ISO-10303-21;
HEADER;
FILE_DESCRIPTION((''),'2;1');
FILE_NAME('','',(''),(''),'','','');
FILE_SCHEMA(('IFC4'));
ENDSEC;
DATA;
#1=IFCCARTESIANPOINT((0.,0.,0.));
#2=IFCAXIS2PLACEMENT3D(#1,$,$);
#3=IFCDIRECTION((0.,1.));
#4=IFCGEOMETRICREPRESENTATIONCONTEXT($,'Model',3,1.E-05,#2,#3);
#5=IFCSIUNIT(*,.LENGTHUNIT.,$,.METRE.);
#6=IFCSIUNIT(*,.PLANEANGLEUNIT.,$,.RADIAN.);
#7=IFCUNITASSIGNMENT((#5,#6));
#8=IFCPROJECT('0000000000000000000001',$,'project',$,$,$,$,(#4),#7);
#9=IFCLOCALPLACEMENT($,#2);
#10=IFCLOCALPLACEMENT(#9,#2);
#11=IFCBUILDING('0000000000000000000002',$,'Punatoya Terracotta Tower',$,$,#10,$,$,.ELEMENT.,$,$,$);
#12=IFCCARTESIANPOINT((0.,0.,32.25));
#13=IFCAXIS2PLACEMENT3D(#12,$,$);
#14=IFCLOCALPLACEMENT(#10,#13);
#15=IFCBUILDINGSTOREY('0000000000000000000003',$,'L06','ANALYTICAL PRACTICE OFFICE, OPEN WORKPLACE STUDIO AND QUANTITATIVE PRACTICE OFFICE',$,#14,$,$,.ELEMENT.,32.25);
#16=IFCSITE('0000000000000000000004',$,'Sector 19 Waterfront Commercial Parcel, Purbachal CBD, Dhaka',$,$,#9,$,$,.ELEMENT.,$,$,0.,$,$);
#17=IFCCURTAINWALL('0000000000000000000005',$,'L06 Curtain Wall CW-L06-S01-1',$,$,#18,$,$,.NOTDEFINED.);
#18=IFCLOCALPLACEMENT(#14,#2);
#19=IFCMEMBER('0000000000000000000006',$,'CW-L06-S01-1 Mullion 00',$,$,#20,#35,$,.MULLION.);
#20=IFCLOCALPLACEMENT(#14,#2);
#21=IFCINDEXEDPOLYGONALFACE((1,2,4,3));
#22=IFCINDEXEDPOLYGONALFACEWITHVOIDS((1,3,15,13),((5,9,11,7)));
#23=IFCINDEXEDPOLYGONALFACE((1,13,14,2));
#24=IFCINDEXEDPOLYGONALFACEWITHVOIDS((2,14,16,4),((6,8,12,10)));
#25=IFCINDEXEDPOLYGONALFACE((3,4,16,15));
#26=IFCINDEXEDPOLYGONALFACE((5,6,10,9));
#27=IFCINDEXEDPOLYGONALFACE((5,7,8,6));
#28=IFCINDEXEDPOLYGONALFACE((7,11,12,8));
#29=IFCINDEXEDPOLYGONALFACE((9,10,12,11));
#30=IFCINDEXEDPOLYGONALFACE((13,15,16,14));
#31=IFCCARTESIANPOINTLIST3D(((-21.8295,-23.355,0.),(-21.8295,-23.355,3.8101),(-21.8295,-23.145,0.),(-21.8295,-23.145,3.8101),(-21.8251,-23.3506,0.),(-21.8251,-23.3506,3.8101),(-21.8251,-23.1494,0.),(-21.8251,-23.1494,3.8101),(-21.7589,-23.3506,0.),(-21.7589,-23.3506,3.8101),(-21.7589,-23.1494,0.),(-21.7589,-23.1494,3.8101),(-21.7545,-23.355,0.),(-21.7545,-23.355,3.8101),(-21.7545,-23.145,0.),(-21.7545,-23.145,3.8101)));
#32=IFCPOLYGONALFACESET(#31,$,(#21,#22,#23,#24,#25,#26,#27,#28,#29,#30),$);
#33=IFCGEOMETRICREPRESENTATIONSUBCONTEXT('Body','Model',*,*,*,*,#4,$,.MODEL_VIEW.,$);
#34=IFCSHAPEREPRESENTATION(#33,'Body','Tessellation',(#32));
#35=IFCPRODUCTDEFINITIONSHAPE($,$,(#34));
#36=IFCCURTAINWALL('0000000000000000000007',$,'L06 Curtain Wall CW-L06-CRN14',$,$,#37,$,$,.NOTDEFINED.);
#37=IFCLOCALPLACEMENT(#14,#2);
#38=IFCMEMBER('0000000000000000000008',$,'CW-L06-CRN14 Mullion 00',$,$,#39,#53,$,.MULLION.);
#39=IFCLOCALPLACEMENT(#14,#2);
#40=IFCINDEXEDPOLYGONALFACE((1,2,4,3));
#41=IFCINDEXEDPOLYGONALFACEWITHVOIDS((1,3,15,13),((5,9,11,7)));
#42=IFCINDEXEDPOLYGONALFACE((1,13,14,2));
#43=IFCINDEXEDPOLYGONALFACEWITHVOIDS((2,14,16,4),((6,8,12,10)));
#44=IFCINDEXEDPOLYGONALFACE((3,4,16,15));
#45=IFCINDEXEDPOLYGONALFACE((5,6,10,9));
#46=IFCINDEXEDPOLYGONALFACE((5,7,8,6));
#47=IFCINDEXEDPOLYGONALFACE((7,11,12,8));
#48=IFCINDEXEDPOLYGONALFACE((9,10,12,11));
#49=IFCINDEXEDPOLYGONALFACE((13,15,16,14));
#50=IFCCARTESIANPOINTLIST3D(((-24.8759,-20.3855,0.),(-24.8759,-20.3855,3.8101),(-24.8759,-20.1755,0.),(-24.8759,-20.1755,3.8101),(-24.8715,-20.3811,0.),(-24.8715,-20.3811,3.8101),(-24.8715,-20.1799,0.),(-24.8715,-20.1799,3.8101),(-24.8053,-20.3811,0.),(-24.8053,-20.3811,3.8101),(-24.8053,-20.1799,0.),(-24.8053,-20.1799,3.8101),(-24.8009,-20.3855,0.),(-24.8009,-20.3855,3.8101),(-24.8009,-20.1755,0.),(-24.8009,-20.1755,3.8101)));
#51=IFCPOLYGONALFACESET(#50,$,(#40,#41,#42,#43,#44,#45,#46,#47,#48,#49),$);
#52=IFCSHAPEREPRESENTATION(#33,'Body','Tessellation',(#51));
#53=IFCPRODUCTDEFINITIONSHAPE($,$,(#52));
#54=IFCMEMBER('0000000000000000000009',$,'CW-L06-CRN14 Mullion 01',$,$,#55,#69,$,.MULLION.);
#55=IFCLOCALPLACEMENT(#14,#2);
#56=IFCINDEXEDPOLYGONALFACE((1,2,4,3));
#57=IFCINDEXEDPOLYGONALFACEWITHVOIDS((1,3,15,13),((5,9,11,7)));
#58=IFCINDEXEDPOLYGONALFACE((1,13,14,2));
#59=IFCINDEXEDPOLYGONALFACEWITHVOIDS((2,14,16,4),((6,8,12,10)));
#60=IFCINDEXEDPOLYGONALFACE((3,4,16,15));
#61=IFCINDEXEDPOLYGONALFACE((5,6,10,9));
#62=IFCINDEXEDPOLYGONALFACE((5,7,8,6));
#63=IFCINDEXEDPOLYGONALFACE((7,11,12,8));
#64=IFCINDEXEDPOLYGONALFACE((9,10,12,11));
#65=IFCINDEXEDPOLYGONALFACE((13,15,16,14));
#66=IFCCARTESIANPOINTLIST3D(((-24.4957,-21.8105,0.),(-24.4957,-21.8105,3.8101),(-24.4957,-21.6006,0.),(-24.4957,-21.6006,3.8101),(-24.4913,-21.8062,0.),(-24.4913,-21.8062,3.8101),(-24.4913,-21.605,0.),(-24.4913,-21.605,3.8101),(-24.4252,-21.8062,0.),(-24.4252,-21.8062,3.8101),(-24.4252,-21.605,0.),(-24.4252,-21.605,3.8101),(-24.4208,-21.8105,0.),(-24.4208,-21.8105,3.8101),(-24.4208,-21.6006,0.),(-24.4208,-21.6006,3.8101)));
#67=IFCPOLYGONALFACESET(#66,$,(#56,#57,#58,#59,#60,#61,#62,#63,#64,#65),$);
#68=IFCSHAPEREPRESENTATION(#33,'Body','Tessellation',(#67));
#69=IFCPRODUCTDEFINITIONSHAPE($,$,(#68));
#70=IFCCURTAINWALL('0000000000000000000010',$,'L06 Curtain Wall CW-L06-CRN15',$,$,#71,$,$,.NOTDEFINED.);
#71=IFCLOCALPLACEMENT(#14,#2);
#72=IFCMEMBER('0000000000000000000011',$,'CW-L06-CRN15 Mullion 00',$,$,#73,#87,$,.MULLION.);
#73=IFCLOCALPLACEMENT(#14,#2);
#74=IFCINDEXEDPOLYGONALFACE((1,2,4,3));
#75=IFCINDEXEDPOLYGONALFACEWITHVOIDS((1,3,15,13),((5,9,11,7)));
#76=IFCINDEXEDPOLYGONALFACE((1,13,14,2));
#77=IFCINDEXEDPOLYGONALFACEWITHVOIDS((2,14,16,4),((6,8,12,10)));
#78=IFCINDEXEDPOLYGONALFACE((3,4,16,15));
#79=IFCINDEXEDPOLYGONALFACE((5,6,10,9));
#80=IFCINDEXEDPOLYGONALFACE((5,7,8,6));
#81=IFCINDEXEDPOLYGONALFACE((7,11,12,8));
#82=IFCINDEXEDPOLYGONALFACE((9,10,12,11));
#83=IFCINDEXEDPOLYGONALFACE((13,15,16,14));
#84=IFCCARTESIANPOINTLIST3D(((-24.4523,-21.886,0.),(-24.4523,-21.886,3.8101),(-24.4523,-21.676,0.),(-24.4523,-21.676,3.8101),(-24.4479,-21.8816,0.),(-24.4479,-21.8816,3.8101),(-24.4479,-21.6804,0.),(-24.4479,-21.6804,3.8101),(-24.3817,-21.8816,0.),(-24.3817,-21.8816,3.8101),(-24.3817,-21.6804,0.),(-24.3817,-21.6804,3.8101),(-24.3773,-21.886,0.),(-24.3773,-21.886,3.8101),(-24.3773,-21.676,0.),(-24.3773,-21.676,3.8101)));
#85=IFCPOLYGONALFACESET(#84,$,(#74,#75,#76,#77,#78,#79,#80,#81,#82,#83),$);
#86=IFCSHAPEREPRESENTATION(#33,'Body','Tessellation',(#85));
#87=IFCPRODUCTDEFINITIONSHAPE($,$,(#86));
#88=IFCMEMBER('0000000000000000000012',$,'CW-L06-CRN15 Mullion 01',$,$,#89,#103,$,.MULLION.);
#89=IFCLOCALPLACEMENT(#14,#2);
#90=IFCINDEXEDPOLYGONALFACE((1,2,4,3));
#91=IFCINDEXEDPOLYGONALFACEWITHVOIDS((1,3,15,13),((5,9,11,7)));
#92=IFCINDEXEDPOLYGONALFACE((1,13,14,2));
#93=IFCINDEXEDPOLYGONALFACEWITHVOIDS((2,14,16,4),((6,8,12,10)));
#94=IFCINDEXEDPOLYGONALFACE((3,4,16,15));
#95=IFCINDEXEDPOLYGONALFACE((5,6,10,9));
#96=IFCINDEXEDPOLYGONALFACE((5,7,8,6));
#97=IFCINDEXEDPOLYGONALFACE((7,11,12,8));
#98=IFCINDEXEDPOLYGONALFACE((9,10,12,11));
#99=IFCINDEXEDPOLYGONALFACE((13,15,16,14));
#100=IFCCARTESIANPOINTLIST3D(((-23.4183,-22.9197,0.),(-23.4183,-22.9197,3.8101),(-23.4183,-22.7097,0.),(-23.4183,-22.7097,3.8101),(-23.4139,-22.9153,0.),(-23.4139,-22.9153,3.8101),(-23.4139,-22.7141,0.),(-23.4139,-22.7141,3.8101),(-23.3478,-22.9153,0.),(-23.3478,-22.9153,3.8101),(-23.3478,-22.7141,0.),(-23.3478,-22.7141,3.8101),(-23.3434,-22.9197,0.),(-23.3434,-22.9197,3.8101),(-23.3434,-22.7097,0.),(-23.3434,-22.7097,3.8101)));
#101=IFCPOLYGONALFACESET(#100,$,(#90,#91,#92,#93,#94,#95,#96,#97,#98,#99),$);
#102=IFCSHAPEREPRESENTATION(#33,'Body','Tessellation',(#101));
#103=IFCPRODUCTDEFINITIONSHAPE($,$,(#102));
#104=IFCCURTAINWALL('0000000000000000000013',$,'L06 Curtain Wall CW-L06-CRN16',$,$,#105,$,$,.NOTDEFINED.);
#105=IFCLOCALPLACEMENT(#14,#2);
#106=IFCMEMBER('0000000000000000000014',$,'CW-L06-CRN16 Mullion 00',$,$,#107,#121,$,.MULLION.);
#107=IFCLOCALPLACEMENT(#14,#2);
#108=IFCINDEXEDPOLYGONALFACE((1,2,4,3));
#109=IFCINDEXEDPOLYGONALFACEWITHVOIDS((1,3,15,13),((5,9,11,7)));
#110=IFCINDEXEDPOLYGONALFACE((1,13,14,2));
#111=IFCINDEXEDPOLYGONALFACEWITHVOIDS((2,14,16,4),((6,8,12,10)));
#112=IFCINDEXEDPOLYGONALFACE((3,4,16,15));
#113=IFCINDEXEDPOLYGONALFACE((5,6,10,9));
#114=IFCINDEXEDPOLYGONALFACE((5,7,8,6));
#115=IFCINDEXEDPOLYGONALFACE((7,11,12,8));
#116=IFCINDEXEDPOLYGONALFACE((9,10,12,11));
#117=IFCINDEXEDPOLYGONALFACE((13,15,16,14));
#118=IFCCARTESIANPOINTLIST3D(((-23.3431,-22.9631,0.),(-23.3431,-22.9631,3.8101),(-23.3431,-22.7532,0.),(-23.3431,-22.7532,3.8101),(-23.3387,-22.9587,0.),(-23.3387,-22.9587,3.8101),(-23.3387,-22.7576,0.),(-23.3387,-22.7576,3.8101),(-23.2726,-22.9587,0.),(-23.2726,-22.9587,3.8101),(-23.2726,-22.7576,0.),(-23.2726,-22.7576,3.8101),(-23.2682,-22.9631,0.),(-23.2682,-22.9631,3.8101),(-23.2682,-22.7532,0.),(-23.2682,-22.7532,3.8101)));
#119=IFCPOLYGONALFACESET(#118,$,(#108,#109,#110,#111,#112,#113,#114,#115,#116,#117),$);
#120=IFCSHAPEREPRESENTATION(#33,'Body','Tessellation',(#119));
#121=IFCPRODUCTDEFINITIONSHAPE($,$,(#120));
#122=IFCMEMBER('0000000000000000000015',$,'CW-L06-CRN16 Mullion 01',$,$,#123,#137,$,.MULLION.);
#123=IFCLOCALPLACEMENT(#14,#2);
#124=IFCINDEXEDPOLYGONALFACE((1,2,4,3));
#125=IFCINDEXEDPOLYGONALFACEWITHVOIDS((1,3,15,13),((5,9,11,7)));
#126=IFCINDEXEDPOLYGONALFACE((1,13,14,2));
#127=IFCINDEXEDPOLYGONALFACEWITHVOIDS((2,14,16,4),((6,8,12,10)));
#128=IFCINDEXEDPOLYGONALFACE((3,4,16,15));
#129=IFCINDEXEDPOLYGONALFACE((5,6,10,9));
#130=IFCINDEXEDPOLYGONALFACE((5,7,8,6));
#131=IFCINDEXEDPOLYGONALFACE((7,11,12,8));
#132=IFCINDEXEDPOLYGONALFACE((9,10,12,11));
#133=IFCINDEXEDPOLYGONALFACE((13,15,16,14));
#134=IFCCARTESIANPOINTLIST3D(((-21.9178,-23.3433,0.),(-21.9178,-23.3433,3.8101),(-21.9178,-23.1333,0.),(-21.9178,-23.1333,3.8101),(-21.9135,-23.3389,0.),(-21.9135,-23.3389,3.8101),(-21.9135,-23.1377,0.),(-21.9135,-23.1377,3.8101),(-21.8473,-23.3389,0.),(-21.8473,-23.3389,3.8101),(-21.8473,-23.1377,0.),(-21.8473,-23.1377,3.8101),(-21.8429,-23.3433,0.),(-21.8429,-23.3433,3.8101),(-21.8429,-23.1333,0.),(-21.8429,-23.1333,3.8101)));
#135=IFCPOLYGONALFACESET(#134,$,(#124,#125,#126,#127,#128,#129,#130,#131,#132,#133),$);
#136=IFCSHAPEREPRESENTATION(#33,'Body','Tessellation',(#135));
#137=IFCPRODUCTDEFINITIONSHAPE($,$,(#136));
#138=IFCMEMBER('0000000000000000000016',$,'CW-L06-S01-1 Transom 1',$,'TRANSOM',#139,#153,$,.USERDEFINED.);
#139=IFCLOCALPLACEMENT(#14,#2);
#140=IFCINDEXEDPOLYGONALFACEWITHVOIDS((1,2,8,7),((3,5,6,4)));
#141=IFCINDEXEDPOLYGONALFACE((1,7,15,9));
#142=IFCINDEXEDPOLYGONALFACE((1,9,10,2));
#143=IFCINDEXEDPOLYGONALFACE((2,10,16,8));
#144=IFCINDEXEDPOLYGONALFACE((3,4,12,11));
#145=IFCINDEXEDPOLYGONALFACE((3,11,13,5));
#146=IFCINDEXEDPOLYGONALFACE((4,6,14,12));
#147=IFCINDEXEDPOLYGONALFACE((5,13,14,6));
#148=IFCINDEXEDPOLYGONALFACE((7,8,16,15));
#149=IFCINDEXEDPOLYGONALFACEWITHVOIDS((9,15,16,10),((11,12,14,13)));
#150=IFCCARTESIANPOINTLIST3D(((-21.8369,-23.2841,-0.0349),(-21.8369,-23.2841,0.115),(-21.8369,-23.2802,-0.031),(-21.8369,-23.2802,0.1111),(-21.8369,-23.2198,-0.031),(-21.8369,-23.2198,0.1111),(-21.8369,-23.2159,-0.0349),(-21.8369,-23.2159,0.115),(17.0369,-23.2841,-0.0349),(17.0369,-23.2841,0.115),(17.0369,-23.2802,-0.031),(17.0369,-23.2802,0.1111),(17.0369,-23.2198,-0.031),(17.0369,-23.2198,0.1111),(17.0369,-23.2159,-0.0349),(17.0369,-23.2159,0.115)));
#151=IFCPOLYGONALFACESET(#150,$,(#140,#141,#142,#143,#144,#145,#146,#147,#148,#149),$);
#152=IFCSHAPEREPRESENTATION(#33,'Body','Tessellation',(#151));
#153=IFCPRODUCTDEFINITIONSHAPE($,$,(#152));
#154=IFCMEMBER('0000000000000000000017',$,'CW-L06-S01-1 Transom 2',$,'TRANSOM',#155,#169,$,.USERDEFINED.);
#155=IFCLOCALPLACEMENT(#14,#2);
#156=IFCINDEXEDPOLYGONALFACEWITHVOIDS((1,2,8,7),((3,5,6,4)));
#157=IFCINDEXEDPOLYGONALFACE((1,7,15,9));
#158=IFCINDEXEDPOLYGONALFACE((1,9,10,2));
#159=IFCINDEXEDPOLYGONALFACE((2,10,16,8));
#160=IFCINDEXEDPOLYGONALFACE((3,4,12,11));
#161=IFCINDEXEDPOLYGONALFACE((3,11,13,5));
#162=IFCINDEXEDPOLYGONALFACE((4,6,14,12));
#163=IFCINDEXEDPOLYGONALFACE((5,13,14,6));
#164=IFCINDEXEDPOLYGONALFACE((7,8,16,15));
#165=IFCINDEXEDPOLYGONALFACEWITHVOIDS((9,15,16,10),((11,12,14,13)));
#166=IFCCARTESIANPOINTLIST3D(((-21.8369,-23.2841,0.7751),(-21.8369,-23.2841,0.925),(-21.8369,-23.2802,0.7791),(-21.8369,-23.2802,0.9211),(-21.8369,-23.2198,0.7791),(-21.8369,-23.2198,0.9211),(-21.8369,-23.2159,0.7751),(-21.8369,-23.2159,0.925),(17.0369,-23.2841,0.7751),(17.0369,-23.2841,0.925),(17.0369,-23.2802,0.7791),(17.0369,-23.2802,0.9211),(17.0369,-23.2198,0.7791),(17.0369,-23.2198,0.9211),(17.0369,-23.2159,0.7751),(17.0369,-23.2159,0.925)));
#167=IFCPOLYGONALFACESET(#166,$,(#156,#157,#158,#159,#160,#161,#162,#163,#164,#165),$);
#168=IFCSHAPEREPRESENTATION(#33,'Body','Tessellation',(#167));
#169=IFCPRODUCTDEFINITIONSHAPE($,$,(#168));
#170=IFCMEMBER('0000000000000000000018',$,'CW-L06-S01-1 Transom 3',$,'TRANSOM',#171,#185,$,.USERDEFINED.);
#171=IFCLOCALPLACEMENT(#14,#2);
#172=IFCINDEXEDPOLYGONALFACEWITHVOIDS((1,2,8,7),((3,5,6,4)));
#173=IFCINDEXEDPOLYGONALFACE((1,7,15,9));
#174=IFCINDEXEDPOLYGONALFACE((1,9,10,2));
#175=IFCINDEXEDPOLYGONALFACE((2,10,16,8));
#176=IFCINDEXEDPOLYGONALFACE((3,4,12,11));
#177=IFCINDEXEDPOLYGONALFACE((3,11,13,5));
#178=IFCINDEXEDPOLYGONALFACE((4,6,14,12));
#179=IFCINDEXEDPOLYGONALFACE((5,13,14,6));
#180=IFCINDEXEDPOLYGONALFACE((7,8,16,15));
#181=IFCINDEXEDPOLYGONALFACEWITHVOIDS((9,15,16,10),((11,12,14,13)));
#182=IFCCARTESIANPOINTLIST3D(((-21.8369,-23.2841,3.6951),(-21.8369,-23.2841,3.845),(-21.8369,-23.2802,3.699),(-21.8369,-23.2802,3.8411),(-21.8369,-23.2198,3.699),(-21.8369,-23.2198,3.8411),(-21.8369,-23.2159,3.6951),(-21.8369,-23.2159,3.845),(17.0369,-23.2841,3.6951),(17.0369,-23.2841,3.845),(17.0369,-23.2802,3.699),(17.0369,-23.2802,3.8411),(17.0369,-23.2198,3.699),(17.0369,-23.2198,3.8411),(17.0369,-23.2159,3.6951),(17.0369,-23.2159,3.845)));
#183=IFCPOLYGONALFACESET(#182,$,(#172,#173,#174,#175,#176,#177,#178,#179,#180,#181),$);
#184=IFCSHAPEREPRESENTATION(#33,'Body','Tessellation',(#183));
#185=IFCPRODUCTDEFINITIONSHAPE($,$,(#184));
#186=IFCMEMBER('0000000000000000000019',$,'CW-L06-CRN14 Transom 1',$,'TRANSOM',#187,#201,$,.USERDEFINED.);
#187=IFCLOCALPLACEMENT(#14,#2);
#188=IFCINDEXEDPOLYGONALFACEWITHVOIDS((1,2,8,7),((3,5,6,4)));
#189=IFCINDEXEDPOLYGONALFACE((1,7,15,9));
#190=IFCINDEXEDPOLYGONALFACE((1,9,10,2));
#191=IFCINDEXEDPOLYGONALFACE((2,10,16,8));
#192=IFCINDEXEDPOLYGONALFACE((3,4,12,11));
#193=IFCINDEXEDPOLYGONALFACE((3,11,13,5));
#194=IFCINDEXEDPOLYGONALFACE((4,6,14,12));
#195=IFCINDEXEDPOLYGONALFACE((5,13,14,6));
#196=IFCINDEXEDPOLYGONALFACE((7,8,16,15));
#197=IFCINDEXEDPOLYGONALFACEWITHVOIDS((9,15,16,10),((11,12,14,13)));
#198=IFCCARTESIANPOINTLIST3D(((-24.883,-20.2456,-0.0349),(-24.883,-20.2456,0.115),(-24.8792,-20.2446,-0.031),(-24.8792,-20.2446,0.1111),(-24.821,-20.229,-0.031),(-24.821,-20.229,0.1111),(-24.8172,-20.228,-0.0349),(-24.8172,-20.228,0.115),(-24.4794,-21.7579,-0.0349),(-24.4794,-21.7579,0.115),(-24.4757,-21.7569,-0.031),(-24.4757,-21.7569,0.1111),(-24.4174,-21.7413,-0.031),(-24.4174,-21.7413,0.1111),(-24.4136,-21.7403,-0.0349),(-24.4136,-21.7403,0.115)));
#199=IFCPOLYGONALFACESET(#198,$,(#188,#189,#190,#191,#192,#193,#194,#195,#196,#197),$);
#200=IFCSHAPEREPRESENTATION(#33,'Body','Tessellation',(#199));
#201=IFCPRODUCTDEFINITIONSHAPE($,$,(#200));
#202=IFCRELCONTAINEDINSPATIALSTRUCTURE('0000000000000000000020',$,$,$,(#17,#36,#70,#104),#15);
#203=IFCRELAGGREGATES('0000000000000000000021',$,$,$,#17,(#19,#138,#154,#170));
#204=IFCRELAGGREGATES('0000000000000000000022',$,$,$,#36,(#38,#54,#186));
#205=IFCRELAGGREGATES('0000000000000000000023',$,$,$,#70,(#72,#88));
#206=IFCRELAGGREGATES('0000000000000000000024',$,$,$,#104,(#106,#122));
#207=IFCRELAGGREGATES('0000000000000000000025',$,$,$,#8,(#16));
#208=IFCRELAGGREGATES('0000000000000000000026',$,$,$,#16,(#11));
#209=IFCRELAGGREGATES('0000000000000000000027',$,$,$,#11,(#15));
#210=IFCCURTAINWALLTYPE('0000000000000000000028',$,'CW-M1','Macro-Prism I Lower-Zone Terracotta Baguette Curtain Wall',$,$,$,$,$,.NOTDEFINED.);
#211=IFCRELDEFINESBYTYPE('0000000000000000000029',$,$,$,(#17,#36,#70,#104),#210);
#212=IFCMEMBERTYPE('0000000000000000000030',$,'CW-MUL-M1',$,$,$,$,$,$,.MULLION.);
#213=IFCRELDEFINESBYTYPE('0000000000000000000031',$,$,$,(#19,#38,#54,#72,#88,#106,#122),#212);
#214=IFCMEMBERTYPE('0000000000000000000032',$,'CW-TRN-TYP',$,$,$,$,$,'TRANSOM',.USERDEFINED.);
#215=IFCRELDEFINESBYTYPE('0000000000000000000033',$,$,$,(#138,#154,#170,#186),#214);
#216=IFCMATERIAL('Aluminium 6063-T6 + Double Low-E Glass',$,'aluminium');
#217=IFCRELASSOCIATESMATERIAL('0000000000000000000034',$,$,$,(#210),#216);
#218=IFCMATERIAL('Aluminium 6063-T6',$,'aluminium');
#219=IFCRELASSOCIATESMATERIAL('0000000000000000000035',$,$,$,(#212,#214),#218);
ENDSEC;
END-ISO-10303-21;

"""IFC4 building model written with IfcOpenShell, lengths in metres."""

from ifc_helpers import new_model, si_unit, direction, frame, origin, origin_2d, place, context, subcontext, project, spatial, hollow_rectangle, extrude, material, material_profile, profile_set, type_object, element, aggregate, save


model = new_model("IFC4")

# Units and contexts
model_context = context("Model", 3, precision=1e-05, world=origin(), true_north=direction((0.0, 1.0)))
body_context = subcontext(model_context, "Body", "Model", "MODEL_VIEW")
ifc_project = project(units=[si_unit("LENGTHUNIT", "METRE"), si_unit("PLANEANGLEUNIT", "RADIAN")], contexts=[model_context])

# Site, building, storey
site_placement = place(None, origin())
site = spatial("IfcSite", under=ifc_project, at=site_placement, Name="Sector 19 Waterfront Commercial Parcel, Purbachal CBD, Dhaka", CompositionType="ELEMENT", RefElevation=0.0)
building_placement = place(site_placement, origin())
building = spatial("IfcBuilding", under=site, at=building_placement, Name="Punatoya Terracotta Tower", CompositionType="ELEMENT")
storey_placement = place(building_placement, frame((0.0, 0.0, 32.25)))
storey = spatial("IfcBuildingStorey", under=building, at=storey_placement, Name="L06", Description="ANALYTICAL PRACTICE OFFICE, OPEN WORKPLACE STUDIO AND QUANTITATIVE PRACTICE OFFICE", CompositionType="ELEMENT", Elevation=32.25)

# Curtain wall, member
ifc_material_1 = material(Name="Aluminium 6063-T6 + Double Low-E Glass", Category="aluminium")
curtain_wall_type = type_object("IfcCurtainWallType", Name="CW-M1", Description="Macro-Prism I Lower-Zone Terracotta Baguette Curtain Wall", PredefinedType="NOTDEFINED", material=ifc_material_1)
curtain_wall_1_placement = place(storey_placement, origin())
curtain_wall_1 = element("IfcCurtainWall", 1, at=curtain_wall_1_placement, inside=storey, type_object=curtain_wall_type, Name="L06 Curtain Wall CW-L06-S01-1", PredefinedType="NOTDEFINED")
ifc_material_2 = material(Name="Aluminium 6063-T6", Category="aluminium")
ifc_material_profile_1 = material_profile(ifc_material_2, hollow_rectangle(XDim=0.075, YDim=0.21, WallThickness=0.0044, at=origin_2d()))
ifc_profile_set_1 = profile_set([ifc_material_profile_1], Name="Aluminium 6063-T6")
member_type_1 = type_object("IfcMemberType", Name="CW-MUL-M1", PredefinedType="MULLION", material=ifc_profile_set_1)
member_1_placement = place(storey_placement, frame((-21.792, -23.25, 0.0), z_axis=(0.0, 0.0, 1.0), x_axis=(1.0, 0.0, 0.0)))
member_1 = element("IfcMember", 2, at=member_1_placement, type_object=member_type_1, Name="CW-L06-S01-1 Mullion 00", PredefinedType="MULLION", context=body_context, shape_type="SweptSolid", body=[
    extrude(hollow_rectangle(XDim=0.075, YDim=0.21, WallThickness=0.0044, at=origin_2d()), origin(), (0.0, 0.0, 1.0), 3.8101),
])

# Curtain walls, members
curtain_wall_2_placement = place(storey_placement, origin())
curtain_wall_2 = element("IfcCurtainWall", 3, at=curtain_wall_2_placement, inside=storey, type_object=curtain_wall_type, Name="L06 Curtain Wall CW-L06-CRN14", PredefinedType="NOTDEFINED")
member_2_placement = place(storey_placement, frame((-24.8384, -20.2805, 0.0), z_axis=(0.0, 0.0, 1.0), x_axis=(1.0, 0.0, 0.0)))
member_2 = element("IfcMember", 4, at=member_2_placement, type_object=member_type_1, Name="CW-L06-CRN14 Mullion 00", PredefinedType="MULLION", context=body_context, shape_type="SweptSolid", body=[
    extrude(hollow_rectangle(XDim=0.075, YDim=0.21, WallThickness=0.0044, at=origin_2d()), origin(), (0.0, 0.0, 1.0), 3.8101),
])
member_3_placement = place(storey_placement, frame((-24.4583, -21.7056, 0.0), z_axis=(0.0, 0.0, 1.0), x_axis=(1.0, 0.0, 0.0)))
member_3 = element("IfcMember", 5, at=member_3_placement, type_object=member_type_1, Name="CW-L06-CRN14 Mullion 01", PredefinedType="MULLION", context=body_context, shape_type="SweptSolid", body=[
    extrude(hollow_rectangle(XDim=0.075, YDim=0.21, WallThickness=0.0044, at=origin_2d()), origin(), (0.0, 0.0, 1.0), 3.8101),
])
curtain_wall_3_placement = place(storey_placement, origin())
curtain_wall_3 = element("IfcCurtainWall", 6, at=curtain_wall_3_placement, inside=storey, type_object=curtain_wall_type, Name="L06 Curtain Wall CW-L06-CRN15", PredefinedType="NOTDEFINED")
member_4_placement = place(storey_placement, frame((-24.4148, -21.781, 0.0), z_axis=(0.0, 0.0, 1.0), x_axis=(1.0, 0.0, 0.0)))
member_4 = element("IfcMember", 7, at=member_4_placement, type_object=member_type_1, Name="CW-L06-CRN15 Mullion 00", PredefinedType="MULLION", context=body_context, shape_type="SweptSolid", body=[
    extrude(hollow_rectangle(XDim=0.075, YDim=0.21, WallThickness=0.0044, at=origin_2d()), origin(), (0.0, 0.0, 1.0), 3.8101),
])
member_5_placement = place(storey_placement, frame((-23.3809, -22.8147, 0.0), z_axis=(0.0, 0.0, 1.0), x_axis=(1.0, 0.0, 0.0)))
member_5 = element("IfcMember", 8, at=member_5_placement, type_object=member_type_1, Name="CW-L06-CRN15 Mullion 01", PredefinedType="MULLION", context=body_context, shape_type="SweptSolid", body=[
    extrude(hollow_rectangle(XDim=0.075, YDim=0.21, WallThickness=0.0044, at=origin_2d()), origin(), (0.0, 0.0, 1.0), 3.8101),
])
curtain_wall_4_placement = place(storey_placement, origin())
curtain_wall_4 = element("IfcCurtainWall", 9, at=curtain_wall_4_placement, inside=storey, type_object=curtain_wall_type, Name="L06 Curtain Wall CW-L06-CRN16", PredefinedType="NOTDEFINED")
member_6_placement = place(storey_placement, frame((-23.3057, -22.8582, 0.0), z_axis=(0.0, 0.0, 1.0), x_axis=(1.0, 0.0, 0.0)))
member_6 = element("IfcMember", 10, at=member_6_placement, type_object=member_type_1, Name="CW-L06-CRN16 Mullion 00", PredefinedType="MULLION", context=body_context, shape_type="SweptSolid", body=[
    extrude(hollow_rectangle(XDim=0.075, YDim=0.21, WallThickness=0.0044, at=origin_2d()), origin(), (0.0, 0.0, 1.0), 3.8101),
])
member_7_placement = place(storey_placement, frame((-21.8804, -23.2383, 0.0), z_axis=(0.0, 0.0, 1.0), x_axis=(1.0, 0.0, 0.0)))
member_7 = element("IfcMember", 11, at=member_7_placement, type_object=member_type_1, Name="CW-L06-CRN16 Mullion 01", PredefinedType="MULLION", context=body_context, shape_type="SweptSolid", body=[
    extrude(hollow_rectangle(XDim=0.075, YDim=0.21, WallThickness=0.0044, at=origin_2d()), origin(), (0.0, 0.0, 1.0), 3.8101),
])

# Members
ifc_material_profile_2 = material_profile(ifc_material_2, hollow_rectangle(XDim=0.0681, YDim=0.1499, WallThickness=0.0039, at=origin_2d()))
ifc_profile_set_2 = profile_set([ifc_material_profile_2], Name="Aluminium 6063-T6")
member_type_2 = type_object("IfcMemberType", Name="CW-TRN-TYP", ElementType="TRANSOM", PredefinedType="USERDEFINED", material=ifc_profile_set_2)
member_8_placement = place(storey_placement, frame((-21.8369, -23.25, 0.04), z_axis=(1.0, 0.0, 0.0), x_axis=(0.0, 1.0, 0.0)))
member_8 = element("IfcMember", 12, at=member_8_placement, type_object=member_type_2, Name="CW-L06-S01-1 Transom 1", ObjectType="TRANSOM", PredefinedType="USERDEFINED", context=body_context, shape_type="SweptSolid", body=[
    extrude(hollow_rectangle(XDim=0.0681, YDim=0.1499, WallThickness=0.0039, at=origin_2d()), origin(), (0.0, 0.0, 1.0), 38.8738),
])
member_9_placement = place(storey_placement, frame((-21.8369, -23.25, 0.8501), z_axis=(1.0, 0.0, 0.0), x_axis=(0.0, 1.0, 0.0)))
member_9 = element("IfcMember", 13, at=member_9_placement, type_object=member_type_2, Name="CW-L06-S01-1 Transom 2", ObjectType="TRANSOM", PredefinedType="USERDEFINED", context=body_context, shape_type="SweptSolid", body=[
    extrude(hollow_rectangle(XDim=0.0681, YDim=0.1499, WallThickness=0.0039, at=origin_2d()), origin(), (0.0, 0.0, 1.0), 38.8738),
])
member_10_placement = place(storey_placement, frame((-21.8369, -23.25, 3.77), z_axis=(1.0, 0.0, 0.0), x_axis=(0.0, 1.0, 0.0)))
member_10 = element("IfcMember", 14, at=member_10_placement, type_object=member_type_2, Name="CW-L06-S01-1 Transom 3", ObjectType="TRANSOM", PredefinedType="USERDEFINED", context=body_context, shape_type="SweptSolid", body=[
    extrude(hollow_rectangle(XDim=0.0681, YDim=0.1499, WallThickness=0.0039, at=origin_2d()), origin(), (0.0, 0.0, 1.0), 38.8738),
])
member_11_placement = place(storey_placement, frame((-24.8501, -20.2368, 0.04), z_axis=(0.257847, -0.966186, 0.0), x_axis=(0.966186, 0.257847, 0.0)))
member_11 = element("IfcMember", 15, at=member_11_placement, type_object=member_type_2, Name="CW-L06-CRN14 Transom 1", ObjectType="TRANSOM", PredefinedType="USERDEFINED", context=body_context, shape_type="SweptSolid", body=[
    extrude(hollow_rectangle(XDim=0.0681, YDim=0.1499, WallThickness=0.0039, at=origin_2d()), origin(), (0.0, 0.0, 1.0), 1.5652),
])

aggregate(curtain_wall_1, [member_1, member_8, member_9, member_10])
aggregate(curtain_wall_2, [member_2, member_3, member_11])
aggregate(curtain_wall_3, [member_4, member_5])
aggregate(curtain_wall_4, [member_6, member_7])

save(model, "model.ifc")
